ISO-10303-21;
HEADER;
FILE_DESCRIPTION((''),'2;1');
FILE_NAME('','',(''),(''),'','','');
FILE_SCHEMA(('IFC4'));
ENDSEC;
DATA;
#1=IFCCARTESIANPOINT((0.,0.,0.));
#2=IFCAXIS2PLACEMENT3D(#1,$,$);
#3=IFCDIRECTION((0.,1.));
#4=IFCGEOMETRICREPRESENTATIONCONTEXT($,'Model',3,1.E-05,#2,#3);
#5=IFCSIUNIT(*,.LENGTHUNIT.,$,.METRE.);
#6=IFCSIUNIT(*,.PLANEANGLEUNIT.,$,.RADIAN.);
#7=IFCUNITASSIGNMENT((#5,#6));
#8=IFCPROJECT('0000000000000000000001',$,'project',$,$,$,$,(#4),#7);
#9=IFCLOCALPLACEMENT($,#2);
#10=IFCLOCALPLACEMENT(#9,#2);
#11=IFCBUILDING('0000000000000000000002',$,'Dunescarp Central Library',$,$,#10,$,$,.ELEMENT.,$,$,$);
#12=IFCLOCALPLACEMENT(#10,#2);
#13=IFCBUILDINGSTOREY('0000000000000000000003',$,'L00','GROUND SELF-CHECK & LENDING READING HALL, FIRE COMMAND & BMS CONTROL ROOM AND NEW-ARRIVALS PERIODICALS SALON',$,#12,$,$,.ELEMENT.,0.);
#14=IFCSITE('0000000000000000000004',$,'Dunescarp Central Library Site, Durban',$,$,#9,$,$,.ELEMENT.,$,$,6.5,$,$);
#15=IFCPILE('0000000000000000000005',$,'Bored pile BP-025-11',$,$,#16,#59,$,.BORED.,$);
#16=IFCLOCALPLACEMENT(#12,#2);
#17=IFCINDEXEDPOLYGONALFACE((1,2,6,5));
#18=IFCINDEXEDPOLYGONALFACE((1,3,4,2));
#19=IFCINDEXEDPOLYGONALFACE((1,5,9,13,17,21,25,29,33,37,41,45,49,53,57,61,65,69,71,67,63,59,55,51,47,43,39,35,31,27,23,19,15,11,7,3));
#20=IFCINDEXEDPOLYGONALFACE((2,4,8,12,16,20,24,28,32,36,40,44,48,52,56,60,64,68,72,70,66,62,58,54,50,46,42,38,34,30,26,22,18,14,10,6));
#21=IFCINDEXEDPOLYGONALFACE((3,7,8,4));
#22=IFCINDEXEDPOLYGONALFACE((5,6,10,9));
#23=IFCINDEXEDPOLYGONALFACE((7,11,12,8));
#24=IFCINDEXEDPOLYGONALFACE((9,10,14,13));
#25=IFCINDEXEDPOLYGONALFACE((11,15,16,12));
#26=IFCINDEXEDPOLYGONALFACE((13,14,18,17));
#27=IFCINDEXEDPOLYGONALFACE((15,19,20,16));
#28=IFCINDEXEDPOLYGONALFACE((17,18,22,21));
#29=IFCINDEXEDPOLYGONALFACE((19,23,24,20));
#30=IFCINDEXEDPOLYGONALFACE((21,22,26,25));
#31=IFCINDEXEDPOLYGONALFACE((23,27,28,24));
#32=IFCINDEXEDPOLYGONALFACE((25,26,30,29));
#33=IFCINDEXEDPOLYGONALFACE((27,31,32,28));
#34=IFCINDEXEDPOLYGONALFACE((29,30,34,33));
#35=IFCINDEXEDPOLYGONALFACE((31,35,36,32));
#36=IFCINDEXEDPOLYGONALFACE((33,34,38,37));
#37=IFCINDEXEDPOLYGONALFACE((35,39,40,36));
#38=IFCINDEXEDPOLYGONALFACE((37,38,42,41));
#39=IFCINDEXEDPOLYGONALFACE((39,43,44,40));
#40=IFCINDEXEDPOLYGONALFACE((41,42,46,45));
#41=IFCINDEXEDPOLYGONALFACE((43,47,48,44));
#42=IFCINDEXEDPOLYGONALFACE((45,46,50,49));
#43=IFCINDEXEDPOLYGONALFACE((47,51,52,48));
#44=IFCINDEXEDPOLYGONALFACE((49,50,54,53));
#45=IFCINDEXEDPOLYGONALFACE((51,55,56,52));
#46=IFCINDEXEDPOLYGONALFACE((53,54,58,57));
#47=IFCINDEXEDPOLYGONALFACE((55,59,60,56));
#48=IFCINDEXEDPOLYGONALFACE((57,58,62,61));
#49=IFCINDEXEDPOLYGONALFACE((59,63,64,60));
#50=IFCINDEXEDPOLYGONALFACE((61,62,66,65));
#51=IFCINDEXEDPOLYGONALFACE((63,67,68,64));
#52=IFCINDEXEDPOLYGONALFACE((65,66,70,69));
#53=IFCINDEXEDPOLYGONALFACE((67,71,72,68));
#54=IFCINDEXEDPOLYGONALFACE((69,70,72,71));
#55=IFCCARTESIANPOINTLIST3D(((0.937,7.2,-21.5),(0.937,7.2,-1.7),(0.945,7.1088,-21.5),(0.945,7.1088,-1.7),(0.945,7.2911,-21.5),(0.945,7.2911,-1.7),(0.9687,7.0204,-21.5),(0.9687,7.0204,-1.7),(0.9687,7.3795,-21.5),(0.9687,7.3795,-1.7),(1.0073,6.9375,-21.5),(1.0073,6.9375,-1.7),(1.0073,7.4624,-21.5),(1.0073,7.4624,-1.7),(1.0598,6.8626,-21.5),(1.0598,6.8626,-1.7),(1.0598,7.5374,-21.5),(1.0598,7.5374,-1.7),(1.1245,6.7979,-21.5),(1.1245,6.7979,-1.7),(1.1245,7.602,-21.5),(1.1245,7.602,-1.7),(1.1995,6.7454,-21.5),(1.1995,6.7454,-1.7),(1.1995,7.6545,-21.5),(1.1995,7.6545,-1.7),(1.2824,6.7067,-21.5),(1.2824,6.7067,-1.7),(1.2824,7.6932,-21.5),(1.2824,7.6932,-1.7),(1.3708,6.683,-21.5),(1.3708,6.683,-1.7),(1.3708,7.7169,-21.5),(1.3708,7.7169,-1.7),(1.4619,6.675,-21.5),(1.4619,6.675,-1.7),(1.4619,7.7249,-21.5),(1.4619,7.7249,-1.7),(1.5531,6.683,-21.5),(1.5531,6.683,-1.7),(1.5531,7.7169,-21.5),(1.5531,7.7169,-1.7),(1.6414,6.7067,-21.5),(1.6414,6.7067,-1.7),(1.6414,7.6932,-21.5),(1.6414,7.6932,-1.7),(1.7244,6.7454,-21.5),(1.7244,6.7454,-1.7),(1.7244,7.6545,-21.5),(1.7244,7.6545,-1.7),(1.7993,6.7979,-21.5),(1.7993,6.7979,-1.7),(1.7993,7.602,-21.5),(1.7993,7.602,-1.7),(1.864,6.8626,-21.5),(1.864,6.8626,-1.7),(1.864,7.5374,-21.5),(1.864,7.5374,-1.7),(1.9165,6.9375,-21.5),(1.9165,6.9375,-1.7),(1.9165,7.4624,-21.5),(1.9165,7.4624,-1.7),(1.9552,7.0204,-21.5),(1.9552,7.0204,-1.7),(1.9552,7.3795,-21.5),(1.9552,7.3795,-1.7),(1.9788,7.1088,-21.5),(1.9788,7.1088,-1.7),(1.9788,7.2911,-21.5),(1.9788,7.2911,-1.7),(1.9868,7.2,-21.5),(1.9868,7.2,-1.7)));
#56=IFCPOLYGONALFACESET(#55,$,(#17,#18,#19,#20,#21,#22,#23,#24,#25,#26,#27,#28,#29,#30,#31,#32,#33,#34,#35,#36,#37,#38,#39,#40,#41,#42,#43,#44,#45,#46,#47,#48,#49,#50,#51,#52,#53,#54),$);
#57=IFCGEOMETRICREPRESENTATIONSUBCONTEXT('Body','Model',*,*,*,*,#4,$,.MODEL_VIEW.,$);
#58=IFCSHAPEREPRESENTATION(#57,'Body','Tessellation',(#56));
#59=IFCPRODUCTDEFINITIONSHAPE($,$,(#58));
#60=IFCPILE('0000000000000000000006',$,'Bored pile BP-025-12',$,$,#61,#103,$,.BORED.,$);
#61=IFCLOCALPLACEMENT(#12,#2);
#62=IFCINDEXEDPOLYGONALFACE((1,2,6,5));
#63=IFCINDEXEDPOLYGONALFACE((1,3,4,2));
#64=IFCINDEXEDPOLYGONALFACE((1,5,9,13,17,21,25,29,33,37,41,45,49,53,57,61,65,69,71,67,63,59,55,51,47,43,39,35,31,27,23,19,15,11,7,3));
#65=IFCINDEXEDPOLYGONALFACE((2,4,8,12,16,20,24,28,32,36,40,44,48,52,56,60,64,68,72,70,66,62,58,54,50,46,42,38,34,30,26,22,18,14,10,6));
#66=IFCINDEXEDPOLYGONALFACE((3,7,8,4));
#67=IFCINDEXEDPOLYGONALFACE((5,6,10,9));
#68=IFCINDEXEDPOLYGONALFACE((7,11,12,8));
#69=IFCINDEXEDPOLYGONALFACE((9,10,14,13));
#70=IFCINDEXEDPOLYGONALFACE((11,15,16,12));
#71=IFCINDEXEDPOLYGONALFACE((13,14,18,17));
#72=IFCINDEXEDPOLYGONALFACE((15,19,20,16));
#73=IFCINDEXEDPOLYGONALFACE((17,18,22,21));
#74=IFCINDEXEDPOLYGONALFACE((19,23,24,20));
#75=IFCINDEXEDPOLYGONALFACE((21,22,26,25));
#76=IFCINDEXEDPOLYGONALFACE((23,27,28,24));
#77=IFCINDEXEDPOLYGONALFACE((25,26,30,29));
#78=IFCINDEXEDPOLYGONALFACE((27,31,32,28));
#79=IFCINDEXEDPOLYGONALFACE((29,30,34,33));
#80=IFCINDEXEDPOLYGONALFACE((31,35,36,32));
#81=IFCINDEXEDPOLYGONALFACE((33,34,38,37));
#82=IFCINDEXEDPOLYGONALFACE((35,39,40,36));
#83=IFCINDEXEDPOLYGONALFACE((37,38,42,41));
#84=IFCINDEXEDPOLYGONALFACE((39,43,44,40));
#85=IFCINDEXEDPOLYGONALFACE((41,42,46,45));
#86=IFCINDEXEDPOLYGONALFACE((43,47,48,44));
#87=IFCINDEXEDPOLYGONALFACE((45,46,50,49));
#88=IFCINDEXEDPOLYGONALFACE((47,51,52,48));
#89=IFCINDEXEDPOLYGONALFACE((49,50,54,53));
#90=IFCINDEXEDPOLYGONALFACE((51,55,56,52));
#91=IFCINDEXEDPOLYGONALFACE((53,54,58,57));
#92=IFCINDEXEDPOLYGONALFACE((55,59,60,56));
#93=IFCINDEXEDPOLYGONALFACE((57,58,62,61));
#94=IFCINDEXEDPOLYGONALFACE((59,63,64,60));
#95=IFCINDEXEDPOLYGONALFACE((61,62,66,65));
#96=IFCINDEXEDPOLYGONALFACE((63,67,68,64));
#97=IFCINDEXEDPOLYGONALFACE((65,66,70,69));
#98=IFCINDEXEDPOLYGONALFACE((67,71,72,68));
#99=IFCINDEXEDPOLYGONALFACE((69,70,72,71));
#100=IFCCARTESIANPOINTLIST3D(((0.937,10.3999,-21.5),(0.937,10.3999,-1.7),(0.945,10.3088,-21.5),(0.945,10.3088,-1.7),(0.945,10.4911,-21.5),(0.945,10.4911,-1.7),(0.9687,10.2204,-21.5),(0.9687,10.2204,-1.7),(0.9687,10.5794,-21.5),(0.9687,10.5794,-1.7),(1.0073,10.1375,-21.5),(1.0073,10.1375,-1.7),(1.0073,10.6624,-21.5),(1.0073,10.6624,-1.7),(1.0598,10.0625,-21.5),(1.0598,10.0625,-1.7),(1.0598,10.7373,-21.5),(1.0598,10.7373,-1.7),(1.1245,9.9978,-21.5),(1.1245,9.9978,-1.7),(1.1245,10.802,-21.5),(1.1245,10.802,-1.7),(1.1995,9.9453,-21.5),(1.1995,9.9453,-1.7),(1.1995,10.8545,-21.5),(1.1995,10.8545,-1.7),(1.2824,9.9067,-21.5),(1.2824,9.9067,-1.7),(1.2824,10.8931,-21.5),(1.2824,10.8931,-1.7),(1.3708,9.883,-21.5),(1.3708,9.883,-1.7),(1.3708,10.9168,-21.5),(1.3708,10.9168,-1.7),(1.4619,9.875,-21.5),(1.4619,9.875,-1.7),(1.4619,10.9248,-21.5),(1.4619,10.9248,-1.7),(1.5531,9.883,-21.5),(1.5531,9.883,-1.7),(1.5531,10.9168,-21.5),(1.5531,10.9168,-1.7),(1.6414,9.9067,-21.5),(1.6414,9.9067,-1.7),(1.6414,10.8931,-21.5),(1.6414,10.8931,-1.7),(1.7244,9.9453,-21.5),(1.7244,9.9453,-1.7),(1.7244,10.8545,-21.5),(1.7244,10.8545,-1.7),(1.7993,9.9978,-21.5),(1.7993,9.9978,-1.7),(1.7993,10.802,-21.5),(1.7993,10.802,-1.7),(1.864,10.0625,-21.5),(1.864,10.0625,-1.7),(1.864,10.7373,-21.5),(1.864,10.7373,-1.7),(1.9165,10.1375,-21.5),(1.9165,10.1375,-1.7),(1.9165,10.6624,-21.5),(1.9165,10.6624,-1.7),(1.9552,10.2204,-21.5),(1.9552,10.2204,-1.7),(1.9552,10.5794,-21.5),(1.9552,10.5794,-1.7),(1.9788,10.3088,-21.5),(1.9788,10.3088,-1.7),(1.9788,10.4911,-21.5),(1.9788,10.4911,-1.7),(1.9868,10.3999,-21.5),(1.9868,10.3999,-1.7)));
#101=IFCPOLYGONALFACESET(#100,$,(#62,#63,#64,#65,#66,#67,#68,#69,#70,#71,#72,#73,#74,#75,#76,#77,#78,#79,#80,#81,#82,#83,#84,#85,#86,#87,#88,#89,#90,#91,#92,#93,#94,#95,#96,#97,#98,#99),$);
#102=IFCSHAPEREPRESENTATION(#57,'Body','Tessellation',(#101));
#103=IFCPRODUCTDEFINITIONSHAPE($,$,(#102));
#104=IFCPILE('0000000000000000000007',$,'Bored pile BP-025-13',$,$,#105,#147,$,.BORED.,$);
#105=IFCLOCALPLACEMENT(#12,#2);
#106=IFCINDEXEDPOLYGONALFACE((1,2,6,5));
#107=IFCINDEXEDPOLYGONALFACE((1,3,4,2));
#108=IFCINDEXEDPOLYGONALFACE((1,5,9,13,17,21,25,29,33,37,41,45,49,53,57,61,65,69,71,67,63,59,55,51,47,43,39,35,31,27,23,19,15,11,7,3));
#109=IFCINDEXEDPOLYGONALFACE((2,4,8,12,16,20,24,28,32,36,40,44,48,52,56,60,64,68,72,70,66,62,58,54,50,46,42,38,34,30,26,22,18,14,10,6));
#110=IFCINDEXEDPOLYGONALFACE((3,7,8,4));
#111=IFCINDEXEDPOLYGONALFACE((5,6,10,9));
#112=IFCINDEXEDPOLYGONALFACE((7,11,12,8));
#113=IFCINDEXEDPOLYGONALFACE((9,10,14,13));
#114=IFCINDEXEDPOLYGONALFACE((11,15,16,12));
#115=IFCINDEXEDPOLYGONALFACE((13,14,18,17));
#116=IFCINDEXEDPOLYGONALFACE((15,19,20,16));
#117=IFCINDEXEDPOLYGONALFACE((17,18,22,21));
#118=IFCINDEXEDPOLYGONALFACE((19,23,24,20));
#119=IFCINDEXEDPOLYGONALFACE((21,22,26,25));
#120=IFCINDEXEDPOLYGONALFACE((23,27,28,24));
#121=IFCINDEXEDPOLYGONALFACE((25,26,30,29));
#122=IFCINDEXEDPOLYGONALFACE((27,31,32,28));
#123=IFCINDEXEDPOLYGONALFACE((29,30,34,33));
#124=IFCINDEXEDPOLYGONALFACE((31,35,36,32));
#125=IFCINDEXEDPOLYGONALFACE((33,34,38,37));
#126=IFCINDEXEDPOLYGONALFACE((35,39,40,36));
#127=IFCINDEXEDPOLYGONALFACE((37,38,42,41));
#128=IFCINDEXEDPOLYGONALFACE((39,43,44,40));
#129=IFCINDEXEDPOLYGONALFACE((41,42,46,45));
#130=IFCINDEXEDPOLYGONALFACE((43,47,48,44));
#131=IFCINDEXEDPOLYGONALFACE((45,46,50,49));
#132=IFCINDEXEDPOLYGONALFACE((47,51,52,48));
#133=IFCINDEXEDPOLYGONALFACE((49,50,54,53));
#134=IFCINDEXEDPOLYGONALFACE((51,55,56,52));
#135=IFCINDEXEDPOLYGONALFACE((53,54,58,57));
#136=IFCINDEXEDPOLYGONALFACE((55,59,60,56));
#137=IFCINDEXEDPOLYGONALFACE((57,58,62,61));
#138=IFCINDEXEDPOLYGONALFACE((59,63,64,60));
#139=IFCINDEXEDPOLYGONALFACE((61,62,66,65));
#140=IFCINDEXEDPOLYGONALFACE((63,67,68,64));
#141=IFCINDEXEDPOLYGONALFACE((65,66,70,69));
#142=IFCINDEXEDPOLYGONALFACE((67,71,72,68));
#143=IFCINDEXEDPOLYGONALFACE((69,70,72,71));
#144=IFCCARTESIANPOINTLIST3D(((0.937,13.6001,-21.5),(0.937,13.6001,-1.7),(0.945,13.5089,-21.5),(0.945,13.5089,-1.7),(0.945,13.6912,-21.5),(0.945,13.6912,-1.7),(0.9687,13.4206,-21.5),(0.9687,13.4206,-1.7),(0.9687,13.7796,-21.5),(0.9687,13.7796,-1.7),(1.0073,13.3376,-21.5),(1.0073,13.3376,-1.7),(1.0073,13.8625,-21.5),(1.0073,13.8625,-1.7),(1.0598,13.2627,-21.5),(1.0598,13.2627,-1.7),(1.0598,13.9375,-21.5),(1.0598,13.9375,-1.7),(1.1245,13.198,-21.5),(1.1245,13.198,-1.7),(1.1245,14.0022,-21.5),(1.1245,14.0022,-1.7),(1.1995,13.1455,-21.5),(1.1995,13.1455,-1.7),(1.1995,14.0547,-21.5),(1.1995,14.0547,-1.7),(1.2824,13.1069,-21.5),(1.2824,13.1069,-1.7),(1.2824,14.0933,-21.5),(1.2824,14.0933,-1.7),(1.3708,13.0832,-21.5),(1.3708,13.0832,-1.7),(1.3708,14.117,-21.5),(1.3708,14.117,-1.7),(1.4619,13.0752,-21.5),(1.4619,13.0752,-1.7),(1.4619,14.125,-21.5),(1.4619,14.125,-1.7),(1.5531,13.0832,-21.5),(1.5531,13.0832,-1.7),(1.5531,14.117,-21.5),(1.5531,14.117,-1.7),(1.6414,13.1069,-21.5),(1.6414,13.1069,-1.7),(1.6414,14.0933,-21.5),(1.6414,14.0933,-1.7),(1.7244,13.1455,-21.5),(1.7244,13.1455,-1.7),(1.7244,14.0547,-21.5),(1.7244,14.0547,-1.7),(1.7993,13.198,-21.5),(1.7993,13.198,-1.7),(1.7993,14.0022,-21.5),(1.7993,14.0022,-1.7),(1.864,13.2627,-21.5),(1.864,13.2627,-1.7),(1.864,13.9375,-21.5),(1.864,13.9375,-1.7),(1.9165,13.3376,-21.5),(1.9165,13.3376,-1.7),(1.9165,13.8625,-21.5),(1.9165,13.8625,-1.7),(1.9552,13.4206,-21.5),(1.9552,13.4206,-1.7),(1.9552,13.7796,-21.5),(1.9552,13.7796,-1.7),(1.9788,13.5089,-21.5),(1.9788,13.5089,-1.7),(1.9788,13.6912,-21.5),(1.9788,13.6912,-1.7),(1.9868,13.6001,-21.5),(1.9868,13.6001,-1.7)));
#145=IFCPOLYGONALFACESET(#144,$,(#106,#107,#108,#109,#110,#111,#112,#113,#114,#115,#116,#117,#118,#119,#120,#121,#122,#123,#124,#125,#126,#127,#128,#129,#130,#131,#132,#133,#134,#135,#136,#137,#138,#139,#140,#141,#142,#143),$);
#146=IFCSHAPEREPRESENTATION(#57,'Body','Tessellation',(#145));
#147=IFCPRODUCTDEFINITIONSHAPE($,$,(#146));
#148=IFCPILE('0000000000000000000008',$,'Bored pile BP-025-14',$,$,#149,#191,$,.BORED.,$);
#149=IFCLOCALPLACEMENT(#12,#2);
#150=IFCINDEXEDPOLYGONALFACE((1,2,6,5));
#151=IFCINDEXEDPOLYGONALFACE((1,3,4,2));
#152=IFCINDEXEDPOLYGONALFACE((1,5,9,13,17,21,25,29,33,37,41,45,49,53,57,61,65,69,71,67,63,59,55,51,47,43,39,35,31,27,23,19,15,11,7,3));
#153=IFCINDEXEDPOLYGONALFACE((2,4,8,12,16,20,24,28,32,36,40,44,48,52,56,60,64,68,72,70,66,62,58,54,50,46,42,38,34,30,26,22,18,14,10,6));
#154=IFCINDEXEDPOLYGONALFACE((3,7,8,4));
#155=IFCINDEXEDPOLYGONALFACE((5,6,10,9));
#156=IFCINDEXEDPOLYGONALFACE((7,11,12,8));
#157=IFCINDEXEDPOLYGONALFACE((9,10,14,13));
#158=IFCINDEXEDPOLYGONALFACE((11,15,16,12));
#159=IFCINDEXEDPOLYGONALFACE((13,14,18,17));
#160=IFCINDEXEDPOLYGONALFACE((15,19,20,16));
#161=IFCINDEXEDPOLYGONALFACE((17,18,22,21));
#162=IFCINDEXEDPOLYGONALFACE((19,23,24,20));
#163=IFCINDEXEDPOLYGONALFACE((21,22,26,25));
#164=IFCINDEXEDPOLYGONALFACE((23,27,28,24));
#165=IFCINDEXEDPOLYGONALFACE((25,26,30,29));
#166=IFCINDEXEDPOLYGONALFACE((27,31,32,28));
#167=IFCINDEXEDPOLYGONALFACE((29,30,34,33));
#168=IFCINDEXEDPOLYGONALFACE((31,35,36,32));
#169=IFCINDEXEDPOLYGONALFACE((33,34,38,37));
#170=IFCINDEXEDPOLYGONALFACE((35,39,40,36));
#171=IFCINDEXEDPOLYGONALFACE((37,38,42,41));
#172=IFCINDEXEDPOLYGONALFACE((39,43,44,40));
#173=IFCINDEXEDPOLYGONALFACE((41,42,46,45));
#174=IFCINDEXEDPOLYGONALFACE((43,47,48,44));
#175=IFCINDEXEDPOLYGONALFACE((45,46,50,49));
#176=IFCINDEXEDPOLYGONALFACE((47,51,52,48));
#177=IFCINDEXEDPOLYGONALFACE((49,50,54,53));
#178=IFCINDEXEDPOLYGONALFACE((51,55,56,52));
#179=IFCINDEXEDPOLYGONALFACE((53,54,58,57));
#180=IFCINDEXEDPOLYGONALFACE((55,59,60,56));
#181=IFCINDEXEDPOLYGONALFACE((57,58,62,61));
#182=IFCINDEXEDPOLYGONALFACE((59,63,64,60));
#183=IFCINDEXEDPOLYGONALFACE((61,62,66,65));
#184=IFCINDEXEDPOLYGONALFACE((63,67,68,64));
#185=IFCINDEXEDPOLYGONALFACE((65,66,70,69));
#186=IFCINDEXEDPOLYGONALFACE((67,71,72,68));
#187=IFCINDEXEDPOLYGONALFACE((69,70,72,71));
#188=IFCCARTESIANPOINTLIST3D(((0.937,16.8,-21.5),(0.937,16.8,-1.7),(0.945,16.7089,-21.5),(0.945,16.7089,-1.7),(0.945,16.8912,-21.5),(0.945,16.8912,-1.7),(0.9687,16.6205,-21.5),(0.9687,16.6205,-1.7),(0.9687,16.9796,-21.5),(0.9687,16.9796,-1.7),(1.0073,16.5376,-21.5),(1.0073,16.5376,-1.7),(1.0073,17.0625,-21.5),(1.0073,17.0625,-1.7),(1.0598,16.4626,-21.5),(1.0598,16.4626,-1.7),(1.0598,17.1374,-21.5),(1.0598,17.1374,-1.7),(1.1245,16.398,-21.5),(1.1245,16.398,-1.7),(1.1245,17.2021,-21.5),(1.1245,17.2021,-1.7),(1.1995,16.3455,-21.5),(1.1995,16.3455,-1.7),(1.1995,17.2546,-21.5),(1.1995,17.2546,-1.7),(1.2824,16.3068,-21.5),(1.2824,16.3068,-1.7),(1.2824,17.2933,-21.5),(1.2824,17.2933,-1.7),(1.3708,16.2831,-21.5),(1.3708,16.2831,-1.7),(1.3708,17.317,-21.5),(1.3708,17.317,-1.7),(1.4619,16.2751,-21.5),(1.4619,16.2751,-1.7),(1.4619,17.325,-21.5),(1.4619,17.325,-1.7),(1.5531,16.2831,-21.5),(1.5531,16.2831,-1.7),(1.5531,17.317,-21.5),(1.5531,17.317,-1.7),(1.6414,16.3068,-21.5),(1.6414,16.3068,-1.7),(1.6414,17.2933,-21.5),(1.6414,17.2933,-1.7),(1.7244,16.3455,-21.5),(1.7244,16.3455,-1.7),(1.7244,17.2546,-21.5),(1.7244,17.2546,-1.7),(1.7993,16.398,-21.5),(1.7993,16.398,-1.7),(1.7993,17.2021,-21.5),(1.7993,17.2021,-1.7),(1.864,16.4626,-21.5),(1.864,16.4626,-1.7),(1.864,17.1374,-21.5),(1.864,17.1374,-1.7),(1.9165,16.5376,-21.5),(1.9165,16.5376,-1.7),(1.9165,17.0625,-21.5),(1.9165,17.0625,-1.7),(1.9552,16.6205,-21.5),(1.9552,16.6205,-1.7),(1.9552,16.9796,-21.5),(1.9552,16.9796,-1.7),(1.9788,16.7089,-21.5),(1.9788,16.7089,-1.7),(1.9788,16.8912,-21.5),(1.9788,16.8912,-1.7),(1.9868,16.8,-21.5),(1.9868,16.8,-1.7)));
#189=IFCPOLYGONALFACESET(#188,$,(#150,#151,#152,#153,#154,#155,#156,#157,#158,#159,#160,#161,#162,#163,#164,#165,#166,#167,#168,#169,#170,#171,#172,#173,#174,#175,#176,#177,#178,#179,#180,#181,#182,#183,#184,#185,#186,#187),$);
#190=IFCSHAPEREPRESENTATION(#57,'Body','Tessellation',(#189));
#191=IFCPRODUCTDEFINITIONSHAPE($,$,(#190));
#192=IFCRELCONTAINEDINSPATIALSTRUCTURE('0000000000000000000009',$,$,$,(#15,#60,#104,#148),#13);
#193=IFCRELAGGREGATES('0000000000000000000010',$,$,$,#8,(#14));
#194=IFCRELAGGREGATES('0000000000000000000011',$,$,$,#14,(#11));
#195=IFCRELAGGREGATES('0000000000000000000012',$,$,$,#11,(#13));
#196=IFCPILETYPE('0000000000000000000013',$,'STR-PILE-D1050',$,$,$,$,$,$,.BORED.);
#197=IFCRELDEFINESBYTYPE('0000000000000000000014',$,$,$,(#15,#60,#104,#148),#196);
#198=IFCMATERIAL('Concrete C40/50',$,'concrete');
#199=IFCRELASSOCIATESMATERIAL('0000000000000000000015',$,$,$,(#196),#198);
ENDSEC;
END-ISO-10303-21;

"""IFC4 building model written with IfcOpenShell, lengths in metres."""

from ifc_helpers import new_model, si_unit, direction, frame, origin, origin_2d, place, context, subcontext, project, spatial, circle, extrude, material, material_profile, profile_set, type_object, element, save


model = new_model("IFC4")

# Units and contexts
model_context = context("Model", 3, precision=1e-05, world=origin(), true_north=direction((0.0, 1.0)))
body_context = subcontext(model_context, "Body", "Model", "MODEL_VIEW")
ifc_project = project(units=[si_unit("LENGTHUNIT", "METRE"), si_unit("PLANEANGLEUNIT", "RADIAN")], contexts=[model_context])

# Site, building, storey
site_placement = place(None, origin())
site = spatial("IfcSite", under=ifc_project, at=site_placement, Name="Dunescarp Central Library Site, Durban", CompositionType="ELEMENT", RefElevation=6.5)
building_placement = place(site_placement, origin())
building = spatial("IfcBuilding", under=site, at=building_placement, Name="Dunescarp Central Library", CompositionType="ELEMENT")
storey_placement = place(building_placement, origin())
storey = spatial("IfcBuildingStorey", under=building, at=storey_placement, Name="L00", Description="GROUND SELF-CHECK & LENDING READING HALL, FIRE COMMAND & BMS CONTROL ROOM AND NEW-ARRIVALS PERIODICALS SALON", CompositionType="ELEMENT", Elevation=0.0)

# Piles
ifc_material_1 = material(Name="Concrete C40/50", Category="concrete")
ifc_material_profile_1 = material_profile(ifc_material_1, circle(Radius=0.5249, at=origin_2d()), Name="PILE D1050")
ifc_profile_set_1 = profile_set([ifc_material_profile_1], Name="Concrete C40/50")
pile_type = type_object("IfcPileType", Name="STR-PILE-D1050", PredefinedType="BORED", material=ifc_profile_set_1)
for number, where, z_axis, x_axis, name in (
    (1, (1.4619, 7.2, -1.7), (0.0, 0.0, -1.0), (1.0, 0.0, 0.0), "Bored pile BP-025-11"),
    (2, (1.4619, 10.3999, -1.7), (0.0, 0.0, -1.0), (1.0, 0.0, 0.0), "Bored pile BP-025-12"),
    (3, (1.4619, 13.6001, -1.7), (0.0, 0.0, -1.0), (1.0, 0.0, 0.0), "Bored pile BP-025-13"),
    (4, (1.4619, 16.8, -1.7), (0.0, 0.0, -1.0), (1.0, 0.0, 0.0), "Bored pile BP-025-14"),
):
    element("IfcPile", number, at=place(storey_placement, frame(where, z_axis=z_axis, x_axis=x_axis)), inside=storey, type_object=pile_type, Name=name, PredefinedType="BORED", context=body_context, shape_type="SweptSolid", body=[
        extrude(circle(Radius=0.5249, at=origin_2d()), origin(), (0.0, 0.0, 1.0), 19.8),
    ])

save(model, "model.ifc")
